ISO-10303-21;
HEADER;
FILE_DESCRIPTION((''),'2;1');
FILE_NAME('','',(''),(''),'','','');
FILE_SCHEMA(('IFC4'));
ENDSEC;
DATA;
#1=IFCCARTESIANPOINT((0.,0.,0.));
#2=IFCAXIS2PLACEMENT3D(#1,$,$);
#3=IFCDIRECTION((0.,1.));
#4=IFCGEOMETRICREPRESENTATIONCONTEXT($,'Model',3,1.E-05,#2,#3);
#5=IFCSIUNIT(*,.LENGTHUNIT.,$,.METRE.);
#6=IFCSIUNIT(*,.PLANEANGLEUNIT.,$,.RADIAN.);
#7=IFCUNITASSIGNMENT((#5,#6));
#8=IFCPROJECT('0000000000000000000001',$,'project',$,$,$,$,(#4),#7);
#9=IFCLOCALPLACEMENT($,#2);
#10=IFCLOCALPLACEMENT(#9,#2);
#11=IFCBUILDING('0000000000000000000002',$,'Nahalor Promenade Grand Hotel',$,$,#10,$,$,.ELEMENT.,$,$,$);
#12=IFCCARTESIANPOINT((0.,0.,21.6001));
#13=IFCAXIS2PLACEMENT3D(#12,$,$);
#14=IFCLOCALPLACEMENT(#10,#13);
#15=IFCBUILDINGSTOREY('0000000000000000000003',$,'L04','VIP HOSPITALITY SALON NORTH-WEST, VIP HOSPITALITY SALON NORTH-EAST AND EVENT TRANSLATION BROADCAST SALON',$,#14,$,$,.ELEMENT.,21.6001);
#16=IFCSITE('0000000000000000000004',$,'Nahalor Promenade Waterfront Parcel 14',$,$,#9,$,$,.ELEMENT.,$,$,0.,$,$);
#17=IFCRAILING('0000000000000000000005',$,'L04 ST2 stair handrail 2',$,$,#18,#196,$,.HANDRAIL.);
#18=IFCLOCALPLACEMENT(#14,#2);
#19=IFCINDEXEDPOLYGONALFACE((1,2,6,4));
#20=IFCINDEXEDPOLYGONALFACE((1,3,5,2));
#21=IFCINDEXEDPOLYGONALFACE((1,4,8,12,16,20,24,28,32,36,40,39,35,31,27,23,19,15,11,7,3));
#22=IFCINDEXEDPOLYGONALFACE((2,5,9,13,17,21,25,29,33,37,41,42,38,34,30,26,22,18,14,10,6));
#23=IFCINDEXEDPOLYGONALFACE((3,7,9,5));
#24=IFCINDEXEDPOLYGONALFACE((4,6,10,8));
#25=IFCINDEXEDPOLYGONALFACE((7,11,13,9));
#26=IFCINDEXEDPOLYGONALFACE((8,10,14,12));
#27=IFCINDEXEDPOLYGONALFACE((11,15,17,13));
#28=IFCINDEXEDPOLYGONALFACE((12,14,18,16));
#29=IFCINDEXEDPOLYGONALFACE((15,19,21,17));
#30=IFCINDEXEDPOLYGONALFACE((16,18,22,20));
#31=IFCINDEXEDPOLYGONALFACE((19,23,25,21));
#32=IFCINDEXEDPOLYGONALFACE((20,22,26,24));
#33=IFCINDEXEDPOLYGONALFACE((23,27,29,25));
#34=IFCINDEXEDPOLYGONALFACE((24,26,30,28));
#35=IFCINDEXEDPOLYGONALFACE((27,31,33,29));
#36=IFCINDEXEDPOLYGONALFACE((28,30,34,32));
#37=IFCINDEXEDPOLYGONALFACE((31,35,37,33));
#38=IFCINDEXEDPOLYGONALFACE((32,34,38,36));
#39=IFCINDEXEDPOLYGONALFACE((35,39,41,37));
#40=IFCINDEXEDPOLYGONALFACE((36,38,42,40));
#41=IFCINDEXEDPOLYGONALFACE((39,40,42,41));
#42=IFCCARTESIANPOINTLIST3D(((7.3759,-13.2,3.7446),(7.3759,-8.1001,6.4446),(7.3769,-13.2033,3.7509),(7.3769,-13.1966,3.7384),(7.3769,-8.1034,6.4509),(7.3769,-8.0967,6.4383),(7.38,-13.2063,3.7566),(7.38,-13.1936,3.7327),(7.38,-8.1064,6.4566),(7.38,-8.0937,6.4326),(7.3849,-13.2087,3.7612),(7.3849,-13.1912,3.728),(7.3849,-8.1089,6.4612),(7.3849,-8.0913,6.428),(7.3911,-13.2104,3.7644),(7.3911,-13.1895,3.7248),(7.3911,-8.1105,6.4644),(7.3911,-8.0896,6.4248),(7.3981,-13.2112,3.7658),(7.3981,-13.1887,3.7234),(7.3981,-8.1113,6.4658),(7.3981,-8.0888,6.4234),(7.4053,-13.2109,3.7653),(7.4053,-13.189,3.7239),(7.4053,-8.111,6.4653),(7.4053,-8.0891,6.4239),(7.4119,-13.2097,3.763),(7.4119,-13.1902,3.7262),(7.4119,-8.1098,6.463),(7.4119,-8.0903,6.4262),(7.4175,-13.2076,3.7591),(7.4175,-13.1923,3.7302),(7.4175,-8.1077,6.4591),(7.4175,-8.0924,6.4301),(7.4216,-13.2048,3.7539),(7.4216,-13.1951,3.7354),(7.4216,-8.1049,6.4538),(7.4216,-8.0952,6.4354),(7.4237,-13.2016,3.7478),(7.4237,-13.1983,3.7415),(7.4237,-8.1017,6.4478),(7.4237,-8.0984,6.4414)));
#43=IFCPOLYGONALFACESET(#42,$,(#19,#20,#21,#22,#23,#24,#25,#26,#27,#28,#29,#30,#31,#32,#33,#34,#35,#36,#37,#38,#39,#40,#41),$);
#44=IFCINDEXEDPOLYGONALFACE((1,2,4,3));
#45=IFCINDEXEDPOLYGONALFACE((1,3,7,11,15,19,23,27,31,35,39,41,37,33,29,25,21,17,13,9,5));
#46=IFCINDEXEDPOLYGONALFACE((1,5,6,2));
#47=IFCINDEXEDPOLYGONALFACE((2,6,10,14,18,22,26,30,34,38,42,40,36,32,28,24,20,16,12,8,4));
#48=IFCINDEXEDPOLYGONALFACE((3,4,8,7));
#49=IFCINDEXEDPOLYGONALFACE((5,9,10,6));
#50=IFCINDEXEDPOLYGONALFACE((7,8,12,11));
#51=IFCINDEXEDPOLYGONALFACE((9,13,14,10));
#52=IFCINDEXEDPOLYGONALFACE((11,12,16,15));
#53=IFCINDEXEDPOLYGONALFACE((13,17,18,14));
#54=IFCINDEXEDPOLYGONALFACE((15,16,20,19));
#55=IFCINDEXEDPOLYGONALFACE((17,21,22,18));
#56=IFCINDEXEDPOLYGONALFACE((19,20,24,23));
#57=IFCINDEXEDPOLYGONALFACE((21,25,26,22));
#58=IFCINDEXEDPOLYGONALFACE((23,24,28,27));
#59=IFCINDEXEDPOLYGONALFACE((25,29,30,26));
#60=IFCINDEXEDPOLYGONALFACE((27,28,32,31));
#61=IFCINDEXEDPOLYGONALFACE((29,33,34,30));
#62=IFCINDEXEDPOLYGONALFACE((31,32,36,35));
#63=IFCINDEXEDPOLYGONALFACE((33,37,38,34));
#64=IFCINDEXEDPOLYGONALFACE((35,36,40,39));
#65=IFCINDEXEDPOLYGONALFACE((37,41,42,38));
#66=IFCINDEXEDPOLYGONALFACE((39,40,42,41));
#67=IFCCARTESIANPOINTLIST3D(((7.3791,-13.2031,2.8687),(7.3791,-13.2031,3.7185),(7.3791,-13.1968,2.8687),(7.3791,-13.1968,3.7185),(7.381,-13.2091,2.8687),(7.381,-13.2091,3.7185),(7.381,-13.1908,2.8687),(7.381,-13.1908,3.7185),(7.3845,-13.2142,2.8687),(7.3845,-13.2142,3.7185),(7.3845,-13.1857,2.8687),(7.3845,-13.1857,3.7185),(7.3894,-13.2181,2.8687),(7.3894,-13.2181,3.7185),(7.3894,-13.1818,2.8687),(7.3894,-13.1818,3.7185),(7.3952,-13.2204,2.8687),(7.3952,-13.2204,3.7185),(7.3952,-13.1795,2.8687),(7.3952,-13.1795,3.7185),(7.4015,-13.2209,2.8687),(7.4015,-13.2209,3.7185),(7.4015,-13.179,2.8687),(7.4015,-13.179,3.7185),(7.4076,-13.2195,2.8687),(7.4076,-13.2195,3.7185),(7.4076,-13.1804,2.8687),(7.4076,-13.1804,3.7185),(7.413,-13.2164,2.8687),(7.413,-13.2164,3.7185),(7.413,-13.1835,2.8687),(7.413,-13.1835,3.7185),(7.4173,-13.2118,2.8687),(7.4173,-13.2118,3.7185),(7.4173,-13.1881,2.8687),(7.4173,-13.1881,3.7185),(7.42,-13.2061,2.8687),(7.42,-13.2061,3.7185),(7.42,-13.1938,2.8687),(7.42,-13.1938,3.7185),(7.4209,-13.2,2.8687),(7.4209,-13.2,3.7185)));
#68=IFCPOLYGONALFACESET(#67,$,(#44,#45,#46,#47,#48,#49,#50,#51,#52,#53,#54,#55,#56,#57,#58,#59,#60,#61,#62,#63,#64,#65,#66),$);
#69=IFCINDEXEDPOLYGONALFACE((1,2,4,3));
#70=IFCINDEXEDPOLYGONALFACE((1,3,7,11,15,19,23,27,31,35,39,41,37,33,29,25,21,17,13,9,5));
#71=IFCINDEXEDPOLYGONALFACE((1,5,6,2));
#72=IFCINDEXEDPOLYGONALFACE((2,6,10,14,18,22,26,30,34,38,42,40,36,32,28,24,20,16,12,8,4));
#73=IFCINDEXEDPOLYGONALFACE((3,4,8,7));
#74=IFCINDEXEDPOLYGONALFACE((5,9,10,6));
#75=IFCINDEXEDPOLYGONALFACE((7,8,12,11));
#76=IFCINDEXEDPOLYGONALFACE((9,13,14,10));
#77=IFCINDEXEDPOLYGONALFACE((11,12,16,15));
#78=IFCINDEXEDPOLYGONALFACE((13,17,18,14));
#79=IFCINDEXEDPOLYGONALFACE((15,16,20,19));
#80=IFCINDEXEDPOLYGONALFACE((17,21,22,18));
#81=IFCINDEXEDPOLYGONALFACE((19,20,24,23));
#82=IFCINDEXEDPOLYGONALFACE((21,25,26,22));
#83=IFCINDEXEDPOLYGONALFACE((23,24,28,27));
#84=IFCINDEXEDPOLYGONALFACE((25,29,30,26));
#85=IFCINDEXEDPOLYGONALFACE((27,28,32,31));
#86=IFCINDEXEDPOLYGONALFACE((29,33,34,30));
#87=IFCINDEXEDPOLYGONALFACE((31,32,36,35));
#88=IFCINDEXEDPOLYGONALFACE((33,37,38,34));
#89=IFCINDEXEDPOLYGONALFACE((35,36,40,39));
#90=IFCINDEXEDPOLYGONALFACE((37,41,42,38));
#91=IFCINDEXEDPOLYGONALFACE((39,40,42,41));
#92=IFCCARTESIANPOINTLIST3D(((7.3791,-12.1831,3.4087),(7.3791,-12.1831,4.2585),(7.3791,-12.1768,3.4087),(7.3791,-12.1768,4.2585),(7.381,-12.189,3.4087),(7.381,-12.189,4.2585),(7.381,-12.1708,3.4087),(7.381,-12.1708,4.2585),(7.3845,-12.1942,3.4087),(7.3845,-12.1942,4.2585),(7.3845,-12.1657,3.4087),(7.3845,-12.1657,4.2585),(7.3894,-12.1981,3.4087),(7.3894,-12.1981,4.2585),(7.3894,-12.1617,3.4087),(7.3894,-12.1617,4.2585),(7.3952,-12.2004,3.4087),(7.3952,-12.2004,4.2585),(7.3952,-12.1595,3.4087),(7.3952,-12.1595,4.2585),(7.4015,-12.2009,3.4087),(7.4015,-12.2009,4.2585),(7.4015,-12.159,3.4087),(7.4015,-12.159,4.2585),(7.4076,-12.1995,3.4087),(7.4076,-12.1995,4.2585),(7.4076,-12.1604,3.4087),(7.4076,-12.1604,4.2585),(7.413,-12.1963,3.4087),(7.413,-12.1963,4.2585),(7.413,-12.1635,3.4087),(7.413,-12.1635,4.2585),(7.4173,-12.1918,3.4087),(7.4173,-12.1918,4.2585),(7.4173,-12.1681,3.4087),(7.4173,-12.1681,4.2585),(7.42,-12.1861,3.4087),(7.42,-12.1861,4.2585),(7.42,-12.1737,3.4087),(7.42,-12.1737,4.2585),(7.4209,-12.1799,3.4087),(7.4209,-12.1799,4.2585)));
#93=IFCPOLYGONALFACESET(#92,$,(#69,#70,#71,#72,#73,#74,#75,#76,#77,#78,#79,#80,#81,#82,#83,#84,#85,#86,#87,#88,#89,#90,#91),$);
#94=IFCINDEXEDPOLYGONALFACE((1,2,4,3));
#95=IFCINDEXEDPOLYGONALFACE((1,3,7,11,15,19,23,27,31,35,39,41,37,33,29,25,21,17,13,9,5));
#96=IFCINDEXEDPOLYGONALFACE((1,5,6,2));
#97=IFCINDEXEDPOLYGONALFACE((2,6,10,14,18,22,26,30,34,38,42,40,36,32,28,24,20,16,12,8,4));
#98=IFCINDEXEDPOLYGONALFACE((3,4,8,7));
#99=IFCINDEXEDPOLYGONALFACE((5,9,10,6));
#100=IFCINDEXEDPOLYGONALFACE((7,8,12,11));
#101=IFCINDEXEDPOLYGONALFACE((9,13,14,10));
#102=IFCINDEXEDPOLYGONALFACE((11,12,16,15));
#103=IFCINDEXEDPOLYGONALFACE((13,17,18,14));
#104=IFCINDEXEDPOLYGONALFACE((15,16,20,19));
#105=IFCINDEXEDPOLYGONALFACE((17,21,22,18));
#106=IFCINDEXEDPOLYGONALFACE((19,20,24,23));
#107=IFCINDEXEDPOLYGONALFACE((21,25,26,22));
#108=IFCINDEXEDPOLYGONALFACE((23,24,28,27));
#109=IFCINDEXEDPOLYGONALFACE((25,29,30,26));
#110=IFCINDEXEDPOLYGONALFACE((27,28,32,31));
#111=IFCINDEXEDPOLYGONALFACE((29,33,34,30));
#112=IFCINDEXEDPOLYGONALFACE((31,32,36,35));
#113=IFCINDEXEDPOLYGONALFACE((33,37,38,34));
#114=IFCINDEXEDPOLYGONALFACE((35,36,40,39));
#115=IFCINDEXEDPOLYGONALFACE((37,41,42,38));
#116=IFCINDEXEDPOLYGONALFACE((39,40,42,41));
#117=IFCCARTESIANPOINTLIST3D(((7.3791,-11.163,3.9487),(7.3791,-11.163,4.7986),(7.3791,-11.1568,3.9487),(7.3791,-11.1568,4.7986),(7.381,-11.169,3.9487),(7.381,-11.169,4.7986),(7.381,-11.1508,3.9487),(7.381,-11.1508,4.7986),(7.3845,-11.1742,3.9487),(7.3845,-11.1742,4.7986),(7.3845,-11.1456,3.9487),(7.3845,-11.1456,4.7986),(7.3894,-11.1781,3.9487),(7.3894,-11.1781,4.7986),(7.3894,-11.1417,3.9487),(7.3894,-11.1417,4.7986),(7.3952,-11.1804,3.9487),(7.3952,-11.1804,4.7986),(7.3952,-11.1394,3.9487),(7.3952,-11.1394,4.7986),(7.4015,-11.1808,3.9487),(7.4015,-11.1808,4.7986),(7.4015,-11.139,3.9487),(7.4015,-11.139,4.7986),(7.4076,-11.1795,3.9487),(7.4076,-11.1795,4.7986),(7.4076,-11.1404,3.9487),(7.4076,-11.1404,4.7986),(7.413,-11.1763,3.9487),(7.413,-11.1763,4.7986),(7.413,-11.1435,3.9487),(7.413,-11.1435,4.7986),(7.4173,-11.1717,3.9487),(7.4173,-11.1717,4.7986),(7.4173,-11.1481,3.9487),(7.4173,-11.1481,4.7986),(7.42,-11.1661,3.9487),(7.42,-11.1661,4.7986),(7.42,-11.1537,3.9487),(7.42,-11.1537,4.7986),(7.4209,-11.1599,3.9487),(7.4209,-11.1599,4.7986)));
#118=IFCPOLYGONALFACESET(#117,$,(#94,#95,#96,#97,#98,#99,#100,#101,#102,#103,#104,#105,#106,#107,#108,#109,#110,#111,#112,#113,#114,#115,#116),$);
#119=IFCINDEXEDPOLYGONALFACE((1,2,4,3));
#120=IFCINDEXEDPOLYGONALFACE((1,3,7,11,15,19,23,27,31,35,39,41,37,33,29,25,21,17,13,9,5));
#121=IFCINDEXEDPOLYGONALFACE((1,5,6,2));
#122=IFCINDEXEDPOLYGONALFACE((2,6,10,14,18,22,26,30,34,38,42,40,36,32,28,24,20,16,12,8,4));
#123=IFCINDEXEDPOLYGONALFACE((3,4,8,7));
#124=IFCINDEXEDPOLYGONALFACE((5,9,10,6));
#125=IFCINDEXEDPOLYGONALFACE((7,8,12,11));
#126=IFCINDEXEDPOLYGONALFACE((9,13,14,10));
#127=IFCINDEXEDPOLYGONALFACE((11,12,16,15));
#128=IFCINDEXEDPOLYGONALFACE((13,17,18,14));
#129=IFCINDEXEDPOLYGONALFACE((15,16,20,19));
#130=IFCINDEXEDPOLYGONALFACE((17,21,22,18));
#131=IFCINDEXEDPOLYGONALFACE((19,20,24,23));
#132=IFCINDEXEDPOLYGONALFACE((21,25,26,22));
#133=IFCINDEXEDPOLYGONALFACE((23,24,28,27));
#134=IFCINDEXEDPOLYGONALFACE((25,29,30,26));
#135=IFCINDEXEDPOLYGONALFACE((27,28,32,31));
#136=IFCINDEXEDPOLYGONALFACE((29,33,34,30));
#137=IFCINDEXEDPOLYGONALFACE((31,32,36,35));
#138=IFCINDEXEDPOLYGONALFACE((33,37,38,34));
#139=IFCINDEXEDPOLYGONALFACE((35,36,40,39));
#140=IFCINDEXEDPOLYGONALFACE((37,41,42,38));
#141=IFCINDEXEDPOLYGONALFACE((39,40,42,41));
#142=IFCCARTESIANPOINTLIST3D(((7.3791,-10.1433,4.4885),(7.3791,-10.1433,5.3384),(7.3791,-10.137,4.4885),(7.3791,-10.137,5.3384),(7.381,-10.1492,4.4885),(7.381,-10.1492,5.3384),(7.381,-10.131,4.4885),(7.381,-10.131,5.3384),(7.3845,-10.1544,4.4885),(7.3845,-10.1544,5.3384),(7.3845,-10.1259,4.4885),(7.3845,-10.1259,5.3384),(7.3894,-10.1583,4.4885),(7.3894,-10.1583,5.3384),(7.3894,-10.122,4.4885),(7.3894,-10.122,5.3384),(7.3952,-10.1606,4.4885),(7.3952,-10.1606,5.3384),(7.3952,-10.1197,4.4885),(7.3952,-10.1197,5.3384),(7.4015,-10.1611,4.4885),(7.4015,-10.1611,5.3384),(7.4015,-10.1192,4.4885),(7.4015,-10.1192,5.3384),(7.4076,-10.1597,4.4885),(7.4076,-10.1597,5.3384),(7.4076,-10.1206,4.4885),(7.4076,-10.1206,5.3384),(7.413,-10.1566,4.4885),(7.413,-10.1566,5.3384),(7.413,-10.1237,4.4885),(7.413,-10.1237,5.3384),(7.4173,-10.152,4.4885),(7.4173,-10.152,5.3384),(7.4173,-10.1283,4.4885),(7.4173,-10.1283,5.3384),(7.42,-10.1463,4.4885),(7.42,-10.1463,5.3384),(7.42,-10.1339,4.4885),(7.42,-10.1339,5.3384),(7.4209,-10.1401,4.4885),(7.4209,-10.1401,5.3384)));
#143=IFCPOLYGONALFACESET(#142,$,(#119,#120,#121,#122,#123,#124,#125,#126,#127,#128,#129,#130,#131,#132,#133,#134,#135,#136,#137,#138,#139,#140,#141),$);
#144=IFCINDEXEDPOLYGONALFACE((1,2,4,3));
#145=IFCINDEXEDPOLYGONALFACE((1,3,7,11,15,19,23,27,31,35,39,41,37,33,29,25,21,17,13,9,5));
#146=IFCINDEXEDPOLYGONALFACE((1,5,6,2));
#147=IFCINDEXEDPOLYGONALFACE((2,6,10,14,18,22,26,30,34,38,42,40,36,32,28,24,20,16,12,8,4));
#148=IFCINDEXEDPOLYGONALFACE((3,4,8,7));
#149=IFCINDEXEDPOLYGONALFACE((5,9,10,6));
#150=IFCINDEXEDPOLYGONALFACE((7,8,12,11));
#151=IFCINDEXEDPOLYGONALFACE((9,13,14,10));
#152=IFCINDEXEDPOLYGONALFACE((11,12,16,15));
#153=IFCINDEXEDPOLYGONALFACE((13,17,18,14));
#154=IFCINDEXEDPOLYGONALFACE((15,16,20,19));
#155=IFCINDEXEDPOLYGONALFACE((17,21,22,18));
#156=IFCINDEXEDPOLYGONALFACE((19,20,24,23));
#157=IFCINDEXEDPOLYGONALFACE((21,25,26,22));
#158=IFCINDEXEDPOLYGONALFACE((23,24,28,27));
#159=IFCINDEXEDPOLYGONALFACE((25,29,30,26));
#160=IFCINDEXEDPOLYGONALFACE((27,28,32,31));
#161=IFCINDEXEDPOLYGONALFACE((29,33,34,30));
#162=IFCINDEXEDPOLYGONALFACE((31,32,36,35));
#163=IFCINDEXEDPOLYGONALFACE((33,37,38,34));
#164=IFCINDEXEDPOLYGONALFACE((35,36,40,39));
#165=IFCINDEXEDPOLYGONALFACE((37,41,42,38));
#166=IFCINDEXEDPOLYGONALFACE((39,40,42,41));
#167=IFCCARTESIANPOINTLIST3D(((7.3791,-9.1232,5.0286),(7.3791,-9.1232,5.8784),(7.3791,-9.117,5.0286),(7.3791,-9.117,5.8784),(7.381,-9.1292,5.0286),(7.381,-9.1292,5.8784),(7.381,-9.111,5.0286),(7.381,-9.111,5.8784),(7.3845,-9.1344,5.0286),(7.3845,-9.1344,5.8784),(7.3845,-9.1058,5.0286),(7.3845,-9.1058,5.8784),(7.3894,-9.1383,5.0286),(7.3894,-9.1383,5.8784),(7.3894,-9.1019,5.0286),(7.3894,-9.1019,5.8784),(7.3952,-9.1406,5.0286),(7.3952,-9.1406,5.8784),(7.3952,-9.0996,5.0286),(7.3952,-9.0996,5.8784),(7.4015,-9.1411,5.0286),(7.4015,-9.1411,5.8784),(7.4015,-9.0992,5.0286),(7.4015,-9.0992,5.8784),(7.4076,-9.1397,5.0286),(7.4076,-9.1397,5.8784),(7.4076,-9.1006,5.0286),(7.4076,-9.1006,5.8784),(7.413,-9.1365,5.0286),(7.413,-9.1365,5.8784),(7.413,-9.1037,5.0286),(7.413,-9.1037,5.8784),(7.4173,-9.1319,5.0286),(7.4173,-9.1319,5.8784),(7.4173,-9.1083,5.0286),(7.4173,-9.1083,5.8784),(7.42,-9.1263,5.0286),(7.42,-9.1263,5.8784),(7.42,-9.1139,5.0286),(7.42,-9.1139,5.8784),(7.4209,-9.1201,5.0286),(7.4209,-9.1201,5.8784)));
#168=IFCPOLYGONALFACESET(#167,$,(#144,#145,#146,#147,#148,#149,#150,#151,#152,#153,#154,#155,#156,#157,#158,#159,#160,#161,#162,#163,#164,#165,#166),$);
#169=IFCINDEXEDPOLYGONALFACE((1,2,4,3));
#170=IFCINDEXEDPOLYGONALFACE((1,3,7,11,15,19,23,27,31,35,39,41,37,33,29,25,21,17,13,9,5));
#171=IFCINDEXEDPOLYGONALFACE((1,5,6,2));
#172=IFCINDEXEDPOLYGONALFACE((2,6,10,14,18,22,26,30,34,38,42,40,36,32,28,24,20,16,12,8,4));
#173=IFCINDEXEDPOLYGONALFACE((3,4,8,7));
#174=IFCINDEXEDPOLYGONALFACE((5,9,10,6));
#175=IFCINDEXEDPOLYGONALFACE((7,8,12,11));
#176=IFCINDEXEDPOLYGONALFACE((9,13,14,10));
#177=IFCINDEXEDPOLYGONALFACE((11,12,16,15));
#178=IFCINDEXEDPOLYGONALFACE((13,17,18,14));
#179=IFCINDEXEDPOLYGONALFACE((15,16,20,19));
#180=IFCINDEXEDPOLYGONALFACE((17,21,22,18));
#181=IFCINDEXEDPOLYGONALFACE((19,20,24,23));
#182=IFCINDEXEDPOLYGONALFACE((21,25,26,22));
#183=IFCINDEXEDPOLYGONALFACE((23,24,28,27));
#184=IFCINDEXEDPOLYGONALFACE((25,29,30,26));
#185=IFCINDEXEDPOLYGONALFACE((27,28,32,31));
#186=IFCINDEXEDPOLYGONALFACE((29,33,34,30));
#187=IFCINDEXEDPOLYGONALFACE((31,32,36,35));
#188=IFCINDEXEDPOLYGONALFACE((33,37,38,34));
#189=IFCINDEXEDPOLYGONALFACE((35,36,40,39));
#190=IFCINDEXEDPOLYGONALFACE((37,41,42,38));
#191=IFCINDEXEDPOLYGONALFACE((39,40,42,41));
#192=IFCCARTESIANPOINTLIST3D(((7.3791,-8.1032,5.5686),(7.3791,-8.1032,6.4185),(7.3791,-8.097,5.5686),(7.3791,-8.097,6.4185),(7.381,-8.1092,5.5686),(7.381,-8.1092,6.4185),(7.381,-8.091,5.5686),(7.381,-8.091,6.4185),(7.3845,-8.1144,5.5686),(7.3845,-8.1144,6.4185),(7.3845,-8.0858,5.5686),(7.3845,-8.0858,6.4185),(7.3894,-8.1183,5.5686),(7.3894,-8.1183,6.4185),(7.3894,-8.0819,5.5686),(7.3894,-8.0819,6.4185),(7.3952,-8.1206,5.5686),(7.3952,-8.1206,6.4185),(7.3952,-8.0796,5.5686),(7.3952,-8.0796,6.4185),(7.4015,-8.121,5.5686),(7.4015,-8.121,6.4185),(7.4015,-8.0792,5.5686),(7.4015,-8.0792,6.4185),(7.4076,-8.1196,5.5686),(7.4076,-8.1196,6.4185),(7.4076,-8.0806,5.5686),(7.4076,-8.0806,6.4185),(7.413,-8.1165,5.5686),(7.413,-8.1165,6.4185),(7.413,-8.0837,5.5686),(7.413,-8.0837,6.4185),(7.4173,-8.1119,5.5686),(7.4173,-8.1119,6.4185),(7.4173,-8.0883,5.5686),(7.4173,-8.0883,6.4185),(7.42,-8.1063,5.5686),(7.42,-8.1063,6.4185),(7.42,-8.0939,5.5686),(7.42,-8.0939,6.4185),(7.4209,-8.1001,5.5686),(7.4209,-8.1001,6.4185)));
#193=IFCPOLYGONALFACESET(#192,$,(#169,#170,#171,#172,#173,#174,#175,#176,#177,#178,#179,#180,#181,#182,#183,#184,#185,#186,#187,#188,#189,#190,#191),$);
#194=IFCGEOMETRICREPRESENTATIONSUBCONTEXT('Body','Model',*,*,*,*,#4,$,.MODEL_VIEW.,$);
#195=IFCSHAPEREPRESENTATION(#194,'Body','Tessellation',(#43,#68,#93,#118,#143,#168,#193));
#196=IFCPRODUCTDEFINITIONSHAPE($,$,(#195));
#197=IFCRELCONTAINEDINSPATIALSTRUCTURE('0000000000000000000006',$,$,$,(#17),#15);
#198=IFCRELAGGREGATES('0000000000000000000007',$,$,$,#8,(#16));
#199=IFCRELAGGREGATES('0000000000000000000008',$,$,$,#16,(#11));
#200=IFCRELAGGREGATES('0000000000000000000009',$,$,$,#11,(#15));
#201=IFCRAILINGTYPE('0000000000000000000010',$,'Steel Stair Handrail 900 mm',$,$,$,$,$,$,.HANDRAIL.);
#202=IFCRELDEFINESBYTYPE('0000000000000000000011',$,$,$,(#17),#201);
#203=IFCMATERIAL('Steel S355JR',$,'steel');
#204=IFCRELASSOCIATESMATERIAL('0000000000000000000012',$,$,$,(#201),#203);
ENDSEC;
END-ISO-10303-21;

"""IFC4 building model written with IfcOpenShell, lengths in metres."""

from ifc_helpers import new_model, si_unit, direction, frame, origin, origin_2d, place, context, subcontext, project, spatial, circle, extrude, material, type_object, element, save


model = new_model("IFC4")

# Units and contexts
model_context = context("Model", 3, precision=1e-05, world=origin(), true_north=direction((0.0, 1.0)))
body_context = subcontext(model_context, "Body", "Model", "MODEL_VIEW")
ifc_project = project(units=[si_unit("LENGTHUNIT", "METRE"), si_unit("PLANEANGLEUNIT", "RADIAN")], contexts=[model_context])

# Site, building, storey
site_placement = place(None, origin())
site = spatial("IfcSite", under=ifc_project, at=site_placement, Name="Nahalor Promenade Waterfront Parcel 14", CompositionType="ELEMENT", RefElevation=0.0)
building_placement = place(site_placement, origin())
building = spatial("IfcBuilding", under=site, at=building_placement, Name="Nahalor Promenade Grand Hotel", CompositionType="ELEMENT")
storey_placement = place(building_placement, frame((0.0, 0.0, 21.6001)))
storey = spatial("IfcBuildingStorey", under=building, at=storey_placement, Name="L04", Description="VIP HOSPITALITY SALON NORTH-WEST, VIP HOSPITALITY SALON NORTH-EAST AND EVENT TRANSLATION BROADCAST SALON", CompositionType="ELEMENT", Elevation=21.6001)

# Shared definitions
ifc_material_1 = material(Name="Steel S355JR", Category="steel")

# Railing
railing_type_1 = type_object("IfcRailingType", Name="Steel Stair Handrail 900 mm", PredefinedType="HANDRAIL", material=ifc_material_1)
railing_1_placement = place(storey_placement, frame((7.3999, -13.2, 2.8687)))
element("IfcRailing", 1, at=railing_1_placement, inside=storey, type_object=railing_type_1, Name="L04 ST2 stair handrail 2", PredefinedType="HANDRAIL", context=body_context, shape_type="SweptSolid", body=[
    extrude(circle(Radius=0.024, at=origin_2d()), frame((0.0, 0.0, 0.876), z_axis=(0.0, 0.883786, 0.467892), x_axis=(-1.0, 0.0, 0.0)), (0.0, 0.0, 1.0), 5.7705),
    extrude(circle(Radius=0.021, at=origin_2d()), origin(), (0.0, 0.0, 1.0), 0.8499),
    extrude(circle(Radius=0.021, at=origin_2d()), frame((0.0, 1.02, 0.54)), (0.0, 0.0, 1.0), 0.8499),
    extrude(circle(Radius=0.021, at=origin_2d()), frame((0.0, 2.04, 1.0801)), (0.0, 0.0, 1.0), 0.8499),
    extrude(circle(Radius=0.021, at=origin_2d()), frame((0.0, 3.0598, 1.6199)), (0.0, 0.0, 1.0), 0.8499),
    extrude(circle(Radius=0.021, at=origin_2d()), frame((0.0, 4.0798, 2.1599)), (0.0, 0.0, 1.0), 0.8499),
    extrude(circle(Radius=0.021, at=origin_2d()), frame((0.0, 5.0999, 2.7)), (0.0, 0.0, 1.0), 0.8499),
])

save(model, "model.ifc")
